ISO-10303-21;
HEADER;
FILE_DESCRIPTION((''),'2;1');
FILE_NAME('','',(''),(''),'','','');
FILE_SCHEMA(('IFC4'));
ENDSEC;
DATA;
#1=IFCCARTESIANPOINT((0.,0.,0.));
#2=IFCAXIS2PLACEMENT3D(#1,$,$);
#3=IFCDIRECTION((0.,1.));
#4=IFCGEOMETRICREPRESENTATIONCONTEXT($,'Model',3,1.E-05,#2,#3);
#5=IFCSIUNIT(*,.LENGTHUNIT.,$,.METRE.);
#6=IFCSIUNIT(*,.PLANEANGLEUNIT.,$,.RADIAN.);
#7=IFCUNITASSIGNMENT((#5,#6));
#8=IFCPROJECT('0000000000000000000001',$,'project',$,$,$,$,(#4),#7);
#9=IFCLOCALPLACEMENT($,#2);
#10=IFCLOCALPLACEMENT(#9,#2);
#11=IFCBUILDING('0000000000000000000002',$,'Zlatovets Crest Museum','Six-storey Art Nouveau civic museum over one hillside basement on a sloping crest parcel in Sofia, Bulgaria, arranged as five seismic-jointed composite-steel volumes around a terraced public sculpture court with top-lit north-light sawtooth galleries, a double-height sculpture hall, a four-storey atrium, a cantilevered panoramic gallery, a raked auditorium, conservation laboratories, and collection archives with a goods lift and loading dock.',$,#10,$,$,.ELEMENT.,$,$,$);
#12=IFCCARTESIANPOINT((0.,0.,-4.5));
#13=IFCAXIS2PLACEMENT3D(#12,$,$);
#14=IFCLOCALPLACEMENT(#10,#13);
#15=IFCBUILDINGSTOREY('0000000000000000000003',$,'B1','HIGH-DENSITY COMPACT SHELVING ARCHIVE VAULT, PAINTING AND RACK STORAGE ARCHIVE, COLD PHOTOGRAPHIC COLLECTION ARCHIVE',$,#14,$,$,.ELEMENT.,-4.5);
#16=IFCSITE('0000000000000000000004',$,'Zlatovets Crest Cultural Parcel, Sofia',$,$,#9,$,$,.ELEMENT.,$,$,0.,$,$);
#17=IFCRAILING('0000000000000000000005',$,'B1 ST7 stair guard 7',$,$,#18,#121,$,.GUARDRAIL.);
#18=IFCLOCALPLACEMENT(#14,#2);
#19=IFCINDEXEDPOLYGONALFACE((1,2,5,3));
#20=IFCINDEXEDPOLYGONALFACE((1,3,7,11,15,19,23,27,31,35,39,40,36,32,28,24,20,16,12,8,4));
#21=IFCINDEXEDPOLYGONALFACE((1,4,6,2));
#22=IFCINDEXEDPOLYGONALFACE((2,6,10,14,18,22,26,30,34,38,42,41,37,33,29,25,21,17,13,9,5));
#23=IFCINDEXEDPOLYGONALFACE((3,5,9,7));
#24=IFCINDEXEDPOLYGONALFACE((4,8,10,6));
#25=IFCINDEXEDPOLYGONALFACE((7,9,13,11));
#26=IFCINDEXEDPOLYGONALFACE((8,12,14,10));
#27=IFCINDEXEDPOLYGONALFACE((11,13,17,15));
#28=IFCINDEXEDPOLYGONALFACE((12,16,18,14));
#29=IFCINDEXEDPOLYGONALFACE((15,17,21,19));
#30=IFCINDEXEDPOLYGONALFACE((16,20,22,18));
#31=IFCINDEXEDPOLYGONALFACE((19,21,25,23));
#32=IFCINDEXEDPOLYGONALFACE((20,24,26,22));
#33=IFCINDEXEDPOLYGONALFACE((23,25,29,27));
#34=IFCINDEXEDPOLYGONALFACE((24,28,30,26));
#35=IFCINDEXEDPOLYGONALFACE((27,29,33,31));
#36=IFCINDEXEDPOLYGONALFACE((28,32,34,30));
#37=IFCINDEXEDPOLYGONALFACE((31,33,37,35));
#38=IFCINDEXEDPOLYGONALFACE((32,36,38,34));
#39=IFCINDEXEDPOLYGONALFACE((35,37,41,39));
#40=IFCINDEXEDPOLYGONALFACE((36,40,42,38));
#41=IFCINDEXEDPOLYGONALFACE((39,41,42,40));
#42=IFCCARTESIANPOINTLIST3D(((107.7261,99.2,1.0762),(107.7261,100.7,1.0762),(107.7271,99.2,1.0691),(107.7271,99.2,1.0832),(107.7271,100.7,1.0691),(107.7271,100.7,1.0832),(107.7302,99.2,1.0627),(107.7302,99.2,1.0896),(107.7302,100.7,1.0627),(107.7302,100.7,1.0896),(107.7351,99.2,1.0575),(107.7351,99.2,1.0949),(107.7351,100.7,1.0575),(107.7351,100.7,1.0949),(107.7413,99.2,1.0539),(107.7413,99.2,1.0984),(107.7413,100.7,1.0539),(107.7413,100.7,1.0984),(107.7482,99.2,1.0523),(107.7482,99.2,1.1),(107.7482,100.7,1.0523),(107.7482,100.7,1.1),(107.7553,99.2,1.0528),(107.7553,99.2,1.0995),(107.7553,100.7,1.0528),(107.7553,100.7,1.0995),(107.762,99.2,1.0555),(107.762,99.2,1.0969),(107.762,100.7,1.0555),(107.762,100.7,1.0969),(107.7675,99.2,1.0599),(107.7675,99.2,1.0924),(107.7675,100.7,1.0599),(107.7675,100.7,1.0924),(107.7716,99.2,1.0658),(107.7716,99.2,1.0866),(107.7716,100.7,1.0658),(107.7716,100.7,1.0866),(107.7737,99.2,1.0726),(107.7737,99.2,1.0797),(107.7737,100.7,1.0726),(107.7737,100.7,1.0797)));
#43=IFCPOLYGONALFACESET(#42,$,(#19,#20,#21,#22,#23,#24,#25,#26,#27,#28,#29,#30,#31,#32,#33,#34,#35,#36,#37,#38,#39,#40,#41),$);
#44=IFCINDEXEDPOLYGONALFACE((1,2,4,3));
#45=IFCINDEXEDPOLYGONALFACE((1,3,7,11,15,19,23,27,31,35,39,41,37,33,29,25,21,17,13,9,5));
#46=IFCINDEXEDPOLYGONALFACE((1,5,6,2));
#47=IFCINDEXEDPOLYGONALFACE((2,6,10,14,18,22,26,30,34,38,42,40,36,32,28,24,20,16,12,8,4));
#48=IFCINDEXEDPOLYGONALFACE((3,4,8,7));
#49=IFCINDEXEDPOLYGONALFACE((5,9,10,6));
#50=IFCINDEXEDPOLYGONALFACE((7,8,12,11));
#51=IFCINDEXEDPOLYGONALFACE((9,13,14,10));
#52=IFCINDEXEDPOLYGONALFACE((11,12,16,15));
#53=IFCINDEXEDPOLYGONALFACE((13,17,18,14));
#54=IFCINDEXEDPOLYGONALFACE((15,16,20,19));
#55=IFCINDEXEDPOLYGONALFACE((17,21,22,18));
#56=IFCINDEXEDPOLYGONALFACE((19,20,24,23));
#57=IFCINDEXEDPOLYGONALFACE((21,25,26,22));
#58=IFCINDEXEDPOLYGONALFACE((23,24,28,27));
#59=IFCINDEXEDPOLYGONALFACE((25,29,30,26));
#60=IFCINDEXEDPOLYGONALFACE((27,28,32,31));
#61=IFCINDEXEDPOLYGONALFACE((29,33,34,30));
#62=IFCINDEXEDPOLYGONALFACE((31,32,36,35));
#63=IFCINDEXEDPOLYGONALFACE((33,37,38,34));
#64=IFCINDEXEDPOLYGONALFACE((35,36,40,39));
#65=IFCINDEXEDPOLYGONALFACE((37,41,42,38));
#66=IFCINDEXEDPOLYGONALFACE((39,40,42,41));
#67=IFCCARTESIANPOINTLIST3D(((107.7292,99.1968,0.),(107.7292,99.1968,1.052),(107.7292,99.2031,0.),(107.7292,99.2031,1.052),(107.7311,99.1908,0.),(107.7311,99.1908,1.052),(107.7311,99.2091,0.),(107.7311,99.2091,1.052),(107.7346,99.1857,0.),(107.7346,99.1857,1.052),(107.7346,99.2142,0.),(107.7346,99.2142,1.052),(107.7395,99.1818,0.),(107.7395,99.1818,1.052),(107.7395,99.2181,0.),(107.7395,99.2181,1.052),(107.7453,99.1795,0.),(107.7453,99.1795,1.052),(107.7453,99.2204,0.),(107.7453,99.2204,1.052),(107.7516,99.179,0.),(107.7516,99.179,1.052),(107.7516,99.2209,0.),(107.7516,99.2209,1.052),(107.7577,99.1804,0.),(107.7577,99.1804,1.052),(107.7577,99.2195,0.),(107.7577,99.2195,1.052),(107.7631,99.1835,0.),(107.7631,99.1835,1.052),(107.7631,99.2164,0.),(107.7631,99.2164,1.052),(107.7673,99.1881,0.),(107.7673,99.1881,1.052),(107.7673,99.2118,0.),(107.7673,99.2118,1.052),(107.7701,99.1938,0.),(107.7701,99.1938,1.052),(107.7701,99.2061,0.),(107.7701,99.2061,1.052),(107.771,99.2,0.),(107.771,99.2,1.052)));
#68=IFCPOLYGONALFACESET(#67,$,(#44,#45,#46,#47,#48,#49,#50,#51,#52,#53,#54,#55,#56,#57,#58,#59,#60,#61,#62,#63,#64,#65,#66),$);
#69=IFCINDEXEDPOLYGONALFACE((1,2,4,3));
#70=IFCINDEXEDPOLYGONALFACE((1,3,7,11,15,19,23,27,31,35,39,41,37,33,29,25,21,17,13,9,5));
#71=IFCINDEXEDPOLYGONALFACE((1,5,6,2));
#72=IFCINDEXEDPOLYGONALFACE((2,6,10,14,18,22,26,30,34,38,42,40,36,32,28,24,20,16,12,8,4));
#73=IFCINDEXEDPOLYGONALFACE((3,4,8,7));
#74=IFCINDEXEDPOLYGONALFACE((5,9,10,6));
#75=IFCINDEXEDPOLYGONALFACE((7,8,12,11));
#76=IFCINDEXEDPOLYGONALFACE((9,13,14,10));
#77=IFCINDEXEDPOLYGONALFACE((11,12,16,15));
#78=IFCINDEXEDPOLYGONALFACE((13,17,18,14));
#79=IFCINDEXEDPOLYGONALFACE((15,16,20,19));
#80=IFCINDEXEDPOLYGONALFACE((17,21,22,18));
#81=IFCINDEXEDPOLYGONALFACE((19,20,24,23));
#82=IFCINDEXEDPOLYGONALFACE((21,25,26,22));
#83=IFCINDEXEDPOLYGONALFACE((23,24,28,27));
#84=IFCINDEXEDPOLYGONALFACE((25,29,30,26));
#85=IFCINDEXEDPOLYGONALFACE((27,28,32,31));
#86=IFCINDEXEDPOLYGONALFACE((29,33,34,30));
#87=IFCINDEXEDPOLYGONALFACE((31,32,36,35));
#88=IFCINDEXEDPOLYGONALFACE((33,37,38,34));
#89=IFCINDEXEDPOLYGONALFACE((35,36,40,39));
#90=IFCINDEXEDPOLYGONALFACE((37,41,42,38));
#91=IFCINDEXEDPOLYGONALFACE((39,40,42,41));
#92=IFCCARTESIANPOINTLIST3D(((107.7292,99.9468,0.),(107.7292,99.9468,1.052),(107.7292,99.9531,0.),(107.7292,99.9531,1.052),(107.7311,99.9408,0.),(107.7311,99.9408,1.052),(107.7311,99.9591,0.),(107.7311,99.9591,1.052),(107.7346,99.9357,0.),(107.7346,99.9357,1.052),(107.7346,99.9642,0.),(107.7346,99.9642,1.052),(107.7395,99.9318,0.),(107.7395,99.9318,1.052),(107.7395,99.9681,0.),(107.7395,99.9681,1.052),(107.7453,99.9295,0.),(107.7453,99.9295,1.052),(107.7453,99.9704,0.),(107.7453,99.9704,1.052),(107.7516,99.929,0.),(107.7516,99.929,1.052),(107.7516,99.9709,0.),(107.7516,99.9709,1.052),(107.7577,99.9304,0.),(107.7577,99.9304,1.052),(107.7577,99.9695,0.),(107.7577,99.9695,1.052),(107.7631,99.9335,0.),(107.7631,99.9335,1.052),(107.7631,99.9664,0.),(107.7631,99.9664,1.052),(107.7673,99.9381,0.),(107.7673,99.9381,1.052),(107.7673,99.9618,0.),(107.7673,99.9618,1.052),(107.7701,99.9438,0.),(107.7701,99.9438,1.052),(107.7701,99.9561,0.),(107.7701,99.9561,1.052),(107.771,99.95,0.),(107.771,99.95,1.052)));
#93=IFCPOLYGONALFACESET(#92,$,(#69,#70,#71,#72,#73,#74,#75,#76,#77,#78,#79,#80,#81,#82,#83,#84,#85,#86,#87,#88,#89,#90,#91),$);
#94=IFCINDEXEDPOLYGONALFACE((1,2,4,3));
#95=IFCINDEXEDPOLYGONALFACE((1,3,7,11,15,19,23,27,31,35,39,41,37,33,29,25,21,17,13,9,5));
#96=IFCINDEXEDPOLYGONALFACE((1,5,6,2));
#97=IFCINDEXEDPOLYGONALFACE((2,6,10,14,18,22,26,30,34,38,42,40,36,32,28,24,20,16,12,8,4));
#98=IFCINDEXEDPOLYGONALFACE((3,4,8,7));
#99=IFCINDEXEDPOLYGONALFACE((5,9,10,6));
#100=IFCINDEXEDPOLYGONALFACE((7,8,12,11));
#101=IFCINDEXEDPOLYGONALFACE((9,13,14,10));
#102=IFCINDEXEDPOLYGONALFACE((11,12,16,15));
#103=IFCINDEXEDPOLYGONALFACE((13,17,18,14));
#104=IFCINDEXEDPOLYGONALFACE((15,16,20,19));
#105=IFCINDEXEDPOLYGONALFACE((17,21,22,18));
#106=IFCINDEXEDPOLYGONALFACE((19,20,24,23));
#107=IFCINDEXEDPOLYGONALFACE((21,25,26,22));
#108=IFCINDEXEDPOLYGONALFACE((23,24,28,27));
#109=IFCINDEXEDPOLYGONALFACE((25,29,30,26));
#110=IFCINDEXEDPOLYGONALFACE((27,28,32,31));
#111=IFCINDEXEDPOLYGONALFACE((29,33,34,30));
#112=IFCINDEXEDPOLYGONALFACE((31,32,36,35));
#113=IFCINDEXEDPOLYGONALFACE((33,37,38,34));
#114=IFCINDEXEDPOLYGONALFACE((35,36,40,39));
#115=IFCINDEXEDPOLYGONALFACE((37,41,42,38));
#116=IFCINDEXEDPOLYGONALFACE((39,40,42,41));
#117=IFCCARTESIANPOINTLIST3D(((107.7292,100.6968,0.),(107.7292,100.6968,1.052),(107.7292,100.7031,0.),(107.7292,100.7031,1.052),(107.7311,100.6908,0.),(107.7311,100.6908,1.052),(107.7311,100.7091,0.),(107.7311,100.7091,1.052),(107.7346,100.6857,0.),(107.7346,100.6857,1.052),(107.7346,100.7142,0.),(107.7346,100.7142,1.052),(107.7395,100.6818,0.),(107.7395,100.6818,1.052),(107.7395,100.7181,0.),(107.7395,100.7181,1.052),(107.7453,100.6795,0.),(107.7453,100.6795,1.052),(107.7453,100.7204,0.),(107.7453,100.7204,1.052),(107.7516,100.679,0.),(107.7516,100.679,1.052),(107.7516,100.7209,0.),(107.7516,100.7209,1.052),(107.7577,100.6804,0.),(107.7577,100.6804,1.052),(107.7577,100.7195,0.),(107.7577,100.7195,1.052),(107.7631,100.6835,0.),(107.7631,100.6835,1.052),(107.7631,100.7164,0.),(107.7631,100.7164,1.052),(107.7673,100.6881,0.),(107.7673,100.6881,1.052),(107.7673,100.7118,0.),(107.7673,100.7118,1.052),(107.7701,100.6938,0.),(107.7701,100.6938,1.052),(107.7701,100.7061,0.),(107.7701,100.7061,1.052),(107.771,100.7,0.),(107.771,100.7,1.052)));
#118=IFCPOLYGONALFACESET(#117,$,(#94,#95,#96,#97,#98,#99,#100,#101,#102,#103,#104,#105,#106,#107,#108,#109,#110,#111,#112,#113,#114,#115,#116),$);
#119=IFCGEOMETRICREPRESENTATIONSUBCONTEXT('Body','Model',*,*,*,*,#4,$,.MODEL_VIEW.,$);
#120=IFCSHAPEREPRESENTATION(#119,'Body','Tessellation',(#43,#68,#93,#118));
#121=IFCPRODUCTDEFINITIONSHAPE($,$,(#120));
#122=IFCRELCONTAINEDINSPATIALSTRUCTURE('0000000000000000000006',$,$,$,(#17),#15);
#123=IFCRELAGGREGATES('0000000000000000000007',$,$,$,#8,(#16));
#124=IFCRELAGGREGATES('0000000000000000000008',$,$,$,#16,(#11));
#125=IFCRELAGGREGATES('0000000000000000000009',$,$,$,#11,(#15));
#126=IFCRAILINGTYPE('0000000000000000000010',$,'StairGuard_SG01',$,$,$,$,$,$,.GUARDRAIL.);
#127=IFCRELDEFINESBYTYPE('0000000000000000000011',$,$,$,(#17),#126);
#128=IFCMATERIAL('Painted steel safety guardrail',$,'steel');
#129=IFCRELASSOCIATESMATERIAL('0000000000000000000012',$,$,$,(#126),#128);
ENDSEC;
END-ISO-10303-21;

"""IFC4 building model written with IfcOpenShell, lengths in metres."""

from ifc_helpers import new_model, si_unit, direction, frame, origin, origin_2d, place, context, subcontext, project, spatial, circle, extrude, material, type_object, element, save


model = new_model("IFC4")

# Units and contexts
model_context = context("Model", 3, precision=1e-05, world=origin(), true_north=direction((0.0, 1.0)))
body_context = subcontext(model_context, "Body", "Model", "MODEL_VIEW")
ifc_project = project(units=[si_unit("LENGTHUNIT", "METRE"), si_unit("PLANEANGLEUNIT", "RADIAN")], contexts=[model_context])

# Site, building, storey
site_placement = place(None, origin())
site = spatial("IfcSite", under=ifc_project, at=site_placement, Name="Zlatovets Crest Cultural Parcel, Sofia", CompositionType="ELEMENT", RefElevation=0.0)
building_placement = place(site_placement, origin())
building = spatial("IfcBuilding", under=site, at=building_placement, Name="Zlatovets Crest Museum", Description="Six-storey Art Nouveau civic museum over one hillside basement on a sloping crest parcel in Sofia, Bulgaria, arranged as five seismic-jointed composite-steel volumes around a terraced public sculpture court with top-lit north-light sawtooth galleries, a double-height sculpture hall, a four-storey atrium, a cantilevered panoramic gallery, a raked auditorium, conservation laboratories, and collection archives with a goods lift and loading dock.", CompositionType="ELEMENT")
storey_placement = place(building_placement, frame((0.0, 0.0, -4.5)))
storey = spatial("IfcBuildingStorey", under=building, at=storey_placement, Name="B1", Description="HIGH-DENSITY COMPACT SHELVING ARCHIVE VAULT, PAINTING AND RACK STORAGE ARCHIVE, COLD PHOTOGRAPHIC COLLECTION ARCHIVE", CompositionType="ELEMENT", Elevation=-4.5)

# Railing
ifc_material_1 = material(Name="Painted steel safety guardrail", Category="steel")
railing_type_1 = type_object("IfcRailingType", Name="StairGuard_SG01", PredefinedType="GUARDRAIL", material=ifc_material_1)
railing_1_placement = place(storey_placement, frame((107.75, 99.2, 0.0)))
element("IfcRailing", 1, at=railing_1_placement, inside=storey, type_object=railing_type_1, Name="B1 ST7 stair guard 7", PredefinedType="GUARDRAIL", context=body_context, shape_type="SweptSolid", body=[
    extrude(circle(Radius=0.0239, at=origin_2d()), frame((0.0, 0.0, 1.0762), z_axis=(0.0, 1.0, 0.0), x_axis=(-1.0, 0.0, 0.0)), (0.0, 0.0, 1.0), 1.5),
    extrude(circle(Radius=0.021, at=origin_2d()), origin(), (0.0, 0.0, 1.0), 1.052),
    extrude(circle(Radius=0.021, at=origin_2d()), frame((0.0, 0.75, 0.0)), (0.0, 0.0, 1.0), 1.052),
    extrude(circle(Radius=0.021, at=origin_2d()), frame((0.0, 1.5, 0.0)), (0.0, 0.0, 1.0), 1.052),
])

save(model, "model.ifc")
